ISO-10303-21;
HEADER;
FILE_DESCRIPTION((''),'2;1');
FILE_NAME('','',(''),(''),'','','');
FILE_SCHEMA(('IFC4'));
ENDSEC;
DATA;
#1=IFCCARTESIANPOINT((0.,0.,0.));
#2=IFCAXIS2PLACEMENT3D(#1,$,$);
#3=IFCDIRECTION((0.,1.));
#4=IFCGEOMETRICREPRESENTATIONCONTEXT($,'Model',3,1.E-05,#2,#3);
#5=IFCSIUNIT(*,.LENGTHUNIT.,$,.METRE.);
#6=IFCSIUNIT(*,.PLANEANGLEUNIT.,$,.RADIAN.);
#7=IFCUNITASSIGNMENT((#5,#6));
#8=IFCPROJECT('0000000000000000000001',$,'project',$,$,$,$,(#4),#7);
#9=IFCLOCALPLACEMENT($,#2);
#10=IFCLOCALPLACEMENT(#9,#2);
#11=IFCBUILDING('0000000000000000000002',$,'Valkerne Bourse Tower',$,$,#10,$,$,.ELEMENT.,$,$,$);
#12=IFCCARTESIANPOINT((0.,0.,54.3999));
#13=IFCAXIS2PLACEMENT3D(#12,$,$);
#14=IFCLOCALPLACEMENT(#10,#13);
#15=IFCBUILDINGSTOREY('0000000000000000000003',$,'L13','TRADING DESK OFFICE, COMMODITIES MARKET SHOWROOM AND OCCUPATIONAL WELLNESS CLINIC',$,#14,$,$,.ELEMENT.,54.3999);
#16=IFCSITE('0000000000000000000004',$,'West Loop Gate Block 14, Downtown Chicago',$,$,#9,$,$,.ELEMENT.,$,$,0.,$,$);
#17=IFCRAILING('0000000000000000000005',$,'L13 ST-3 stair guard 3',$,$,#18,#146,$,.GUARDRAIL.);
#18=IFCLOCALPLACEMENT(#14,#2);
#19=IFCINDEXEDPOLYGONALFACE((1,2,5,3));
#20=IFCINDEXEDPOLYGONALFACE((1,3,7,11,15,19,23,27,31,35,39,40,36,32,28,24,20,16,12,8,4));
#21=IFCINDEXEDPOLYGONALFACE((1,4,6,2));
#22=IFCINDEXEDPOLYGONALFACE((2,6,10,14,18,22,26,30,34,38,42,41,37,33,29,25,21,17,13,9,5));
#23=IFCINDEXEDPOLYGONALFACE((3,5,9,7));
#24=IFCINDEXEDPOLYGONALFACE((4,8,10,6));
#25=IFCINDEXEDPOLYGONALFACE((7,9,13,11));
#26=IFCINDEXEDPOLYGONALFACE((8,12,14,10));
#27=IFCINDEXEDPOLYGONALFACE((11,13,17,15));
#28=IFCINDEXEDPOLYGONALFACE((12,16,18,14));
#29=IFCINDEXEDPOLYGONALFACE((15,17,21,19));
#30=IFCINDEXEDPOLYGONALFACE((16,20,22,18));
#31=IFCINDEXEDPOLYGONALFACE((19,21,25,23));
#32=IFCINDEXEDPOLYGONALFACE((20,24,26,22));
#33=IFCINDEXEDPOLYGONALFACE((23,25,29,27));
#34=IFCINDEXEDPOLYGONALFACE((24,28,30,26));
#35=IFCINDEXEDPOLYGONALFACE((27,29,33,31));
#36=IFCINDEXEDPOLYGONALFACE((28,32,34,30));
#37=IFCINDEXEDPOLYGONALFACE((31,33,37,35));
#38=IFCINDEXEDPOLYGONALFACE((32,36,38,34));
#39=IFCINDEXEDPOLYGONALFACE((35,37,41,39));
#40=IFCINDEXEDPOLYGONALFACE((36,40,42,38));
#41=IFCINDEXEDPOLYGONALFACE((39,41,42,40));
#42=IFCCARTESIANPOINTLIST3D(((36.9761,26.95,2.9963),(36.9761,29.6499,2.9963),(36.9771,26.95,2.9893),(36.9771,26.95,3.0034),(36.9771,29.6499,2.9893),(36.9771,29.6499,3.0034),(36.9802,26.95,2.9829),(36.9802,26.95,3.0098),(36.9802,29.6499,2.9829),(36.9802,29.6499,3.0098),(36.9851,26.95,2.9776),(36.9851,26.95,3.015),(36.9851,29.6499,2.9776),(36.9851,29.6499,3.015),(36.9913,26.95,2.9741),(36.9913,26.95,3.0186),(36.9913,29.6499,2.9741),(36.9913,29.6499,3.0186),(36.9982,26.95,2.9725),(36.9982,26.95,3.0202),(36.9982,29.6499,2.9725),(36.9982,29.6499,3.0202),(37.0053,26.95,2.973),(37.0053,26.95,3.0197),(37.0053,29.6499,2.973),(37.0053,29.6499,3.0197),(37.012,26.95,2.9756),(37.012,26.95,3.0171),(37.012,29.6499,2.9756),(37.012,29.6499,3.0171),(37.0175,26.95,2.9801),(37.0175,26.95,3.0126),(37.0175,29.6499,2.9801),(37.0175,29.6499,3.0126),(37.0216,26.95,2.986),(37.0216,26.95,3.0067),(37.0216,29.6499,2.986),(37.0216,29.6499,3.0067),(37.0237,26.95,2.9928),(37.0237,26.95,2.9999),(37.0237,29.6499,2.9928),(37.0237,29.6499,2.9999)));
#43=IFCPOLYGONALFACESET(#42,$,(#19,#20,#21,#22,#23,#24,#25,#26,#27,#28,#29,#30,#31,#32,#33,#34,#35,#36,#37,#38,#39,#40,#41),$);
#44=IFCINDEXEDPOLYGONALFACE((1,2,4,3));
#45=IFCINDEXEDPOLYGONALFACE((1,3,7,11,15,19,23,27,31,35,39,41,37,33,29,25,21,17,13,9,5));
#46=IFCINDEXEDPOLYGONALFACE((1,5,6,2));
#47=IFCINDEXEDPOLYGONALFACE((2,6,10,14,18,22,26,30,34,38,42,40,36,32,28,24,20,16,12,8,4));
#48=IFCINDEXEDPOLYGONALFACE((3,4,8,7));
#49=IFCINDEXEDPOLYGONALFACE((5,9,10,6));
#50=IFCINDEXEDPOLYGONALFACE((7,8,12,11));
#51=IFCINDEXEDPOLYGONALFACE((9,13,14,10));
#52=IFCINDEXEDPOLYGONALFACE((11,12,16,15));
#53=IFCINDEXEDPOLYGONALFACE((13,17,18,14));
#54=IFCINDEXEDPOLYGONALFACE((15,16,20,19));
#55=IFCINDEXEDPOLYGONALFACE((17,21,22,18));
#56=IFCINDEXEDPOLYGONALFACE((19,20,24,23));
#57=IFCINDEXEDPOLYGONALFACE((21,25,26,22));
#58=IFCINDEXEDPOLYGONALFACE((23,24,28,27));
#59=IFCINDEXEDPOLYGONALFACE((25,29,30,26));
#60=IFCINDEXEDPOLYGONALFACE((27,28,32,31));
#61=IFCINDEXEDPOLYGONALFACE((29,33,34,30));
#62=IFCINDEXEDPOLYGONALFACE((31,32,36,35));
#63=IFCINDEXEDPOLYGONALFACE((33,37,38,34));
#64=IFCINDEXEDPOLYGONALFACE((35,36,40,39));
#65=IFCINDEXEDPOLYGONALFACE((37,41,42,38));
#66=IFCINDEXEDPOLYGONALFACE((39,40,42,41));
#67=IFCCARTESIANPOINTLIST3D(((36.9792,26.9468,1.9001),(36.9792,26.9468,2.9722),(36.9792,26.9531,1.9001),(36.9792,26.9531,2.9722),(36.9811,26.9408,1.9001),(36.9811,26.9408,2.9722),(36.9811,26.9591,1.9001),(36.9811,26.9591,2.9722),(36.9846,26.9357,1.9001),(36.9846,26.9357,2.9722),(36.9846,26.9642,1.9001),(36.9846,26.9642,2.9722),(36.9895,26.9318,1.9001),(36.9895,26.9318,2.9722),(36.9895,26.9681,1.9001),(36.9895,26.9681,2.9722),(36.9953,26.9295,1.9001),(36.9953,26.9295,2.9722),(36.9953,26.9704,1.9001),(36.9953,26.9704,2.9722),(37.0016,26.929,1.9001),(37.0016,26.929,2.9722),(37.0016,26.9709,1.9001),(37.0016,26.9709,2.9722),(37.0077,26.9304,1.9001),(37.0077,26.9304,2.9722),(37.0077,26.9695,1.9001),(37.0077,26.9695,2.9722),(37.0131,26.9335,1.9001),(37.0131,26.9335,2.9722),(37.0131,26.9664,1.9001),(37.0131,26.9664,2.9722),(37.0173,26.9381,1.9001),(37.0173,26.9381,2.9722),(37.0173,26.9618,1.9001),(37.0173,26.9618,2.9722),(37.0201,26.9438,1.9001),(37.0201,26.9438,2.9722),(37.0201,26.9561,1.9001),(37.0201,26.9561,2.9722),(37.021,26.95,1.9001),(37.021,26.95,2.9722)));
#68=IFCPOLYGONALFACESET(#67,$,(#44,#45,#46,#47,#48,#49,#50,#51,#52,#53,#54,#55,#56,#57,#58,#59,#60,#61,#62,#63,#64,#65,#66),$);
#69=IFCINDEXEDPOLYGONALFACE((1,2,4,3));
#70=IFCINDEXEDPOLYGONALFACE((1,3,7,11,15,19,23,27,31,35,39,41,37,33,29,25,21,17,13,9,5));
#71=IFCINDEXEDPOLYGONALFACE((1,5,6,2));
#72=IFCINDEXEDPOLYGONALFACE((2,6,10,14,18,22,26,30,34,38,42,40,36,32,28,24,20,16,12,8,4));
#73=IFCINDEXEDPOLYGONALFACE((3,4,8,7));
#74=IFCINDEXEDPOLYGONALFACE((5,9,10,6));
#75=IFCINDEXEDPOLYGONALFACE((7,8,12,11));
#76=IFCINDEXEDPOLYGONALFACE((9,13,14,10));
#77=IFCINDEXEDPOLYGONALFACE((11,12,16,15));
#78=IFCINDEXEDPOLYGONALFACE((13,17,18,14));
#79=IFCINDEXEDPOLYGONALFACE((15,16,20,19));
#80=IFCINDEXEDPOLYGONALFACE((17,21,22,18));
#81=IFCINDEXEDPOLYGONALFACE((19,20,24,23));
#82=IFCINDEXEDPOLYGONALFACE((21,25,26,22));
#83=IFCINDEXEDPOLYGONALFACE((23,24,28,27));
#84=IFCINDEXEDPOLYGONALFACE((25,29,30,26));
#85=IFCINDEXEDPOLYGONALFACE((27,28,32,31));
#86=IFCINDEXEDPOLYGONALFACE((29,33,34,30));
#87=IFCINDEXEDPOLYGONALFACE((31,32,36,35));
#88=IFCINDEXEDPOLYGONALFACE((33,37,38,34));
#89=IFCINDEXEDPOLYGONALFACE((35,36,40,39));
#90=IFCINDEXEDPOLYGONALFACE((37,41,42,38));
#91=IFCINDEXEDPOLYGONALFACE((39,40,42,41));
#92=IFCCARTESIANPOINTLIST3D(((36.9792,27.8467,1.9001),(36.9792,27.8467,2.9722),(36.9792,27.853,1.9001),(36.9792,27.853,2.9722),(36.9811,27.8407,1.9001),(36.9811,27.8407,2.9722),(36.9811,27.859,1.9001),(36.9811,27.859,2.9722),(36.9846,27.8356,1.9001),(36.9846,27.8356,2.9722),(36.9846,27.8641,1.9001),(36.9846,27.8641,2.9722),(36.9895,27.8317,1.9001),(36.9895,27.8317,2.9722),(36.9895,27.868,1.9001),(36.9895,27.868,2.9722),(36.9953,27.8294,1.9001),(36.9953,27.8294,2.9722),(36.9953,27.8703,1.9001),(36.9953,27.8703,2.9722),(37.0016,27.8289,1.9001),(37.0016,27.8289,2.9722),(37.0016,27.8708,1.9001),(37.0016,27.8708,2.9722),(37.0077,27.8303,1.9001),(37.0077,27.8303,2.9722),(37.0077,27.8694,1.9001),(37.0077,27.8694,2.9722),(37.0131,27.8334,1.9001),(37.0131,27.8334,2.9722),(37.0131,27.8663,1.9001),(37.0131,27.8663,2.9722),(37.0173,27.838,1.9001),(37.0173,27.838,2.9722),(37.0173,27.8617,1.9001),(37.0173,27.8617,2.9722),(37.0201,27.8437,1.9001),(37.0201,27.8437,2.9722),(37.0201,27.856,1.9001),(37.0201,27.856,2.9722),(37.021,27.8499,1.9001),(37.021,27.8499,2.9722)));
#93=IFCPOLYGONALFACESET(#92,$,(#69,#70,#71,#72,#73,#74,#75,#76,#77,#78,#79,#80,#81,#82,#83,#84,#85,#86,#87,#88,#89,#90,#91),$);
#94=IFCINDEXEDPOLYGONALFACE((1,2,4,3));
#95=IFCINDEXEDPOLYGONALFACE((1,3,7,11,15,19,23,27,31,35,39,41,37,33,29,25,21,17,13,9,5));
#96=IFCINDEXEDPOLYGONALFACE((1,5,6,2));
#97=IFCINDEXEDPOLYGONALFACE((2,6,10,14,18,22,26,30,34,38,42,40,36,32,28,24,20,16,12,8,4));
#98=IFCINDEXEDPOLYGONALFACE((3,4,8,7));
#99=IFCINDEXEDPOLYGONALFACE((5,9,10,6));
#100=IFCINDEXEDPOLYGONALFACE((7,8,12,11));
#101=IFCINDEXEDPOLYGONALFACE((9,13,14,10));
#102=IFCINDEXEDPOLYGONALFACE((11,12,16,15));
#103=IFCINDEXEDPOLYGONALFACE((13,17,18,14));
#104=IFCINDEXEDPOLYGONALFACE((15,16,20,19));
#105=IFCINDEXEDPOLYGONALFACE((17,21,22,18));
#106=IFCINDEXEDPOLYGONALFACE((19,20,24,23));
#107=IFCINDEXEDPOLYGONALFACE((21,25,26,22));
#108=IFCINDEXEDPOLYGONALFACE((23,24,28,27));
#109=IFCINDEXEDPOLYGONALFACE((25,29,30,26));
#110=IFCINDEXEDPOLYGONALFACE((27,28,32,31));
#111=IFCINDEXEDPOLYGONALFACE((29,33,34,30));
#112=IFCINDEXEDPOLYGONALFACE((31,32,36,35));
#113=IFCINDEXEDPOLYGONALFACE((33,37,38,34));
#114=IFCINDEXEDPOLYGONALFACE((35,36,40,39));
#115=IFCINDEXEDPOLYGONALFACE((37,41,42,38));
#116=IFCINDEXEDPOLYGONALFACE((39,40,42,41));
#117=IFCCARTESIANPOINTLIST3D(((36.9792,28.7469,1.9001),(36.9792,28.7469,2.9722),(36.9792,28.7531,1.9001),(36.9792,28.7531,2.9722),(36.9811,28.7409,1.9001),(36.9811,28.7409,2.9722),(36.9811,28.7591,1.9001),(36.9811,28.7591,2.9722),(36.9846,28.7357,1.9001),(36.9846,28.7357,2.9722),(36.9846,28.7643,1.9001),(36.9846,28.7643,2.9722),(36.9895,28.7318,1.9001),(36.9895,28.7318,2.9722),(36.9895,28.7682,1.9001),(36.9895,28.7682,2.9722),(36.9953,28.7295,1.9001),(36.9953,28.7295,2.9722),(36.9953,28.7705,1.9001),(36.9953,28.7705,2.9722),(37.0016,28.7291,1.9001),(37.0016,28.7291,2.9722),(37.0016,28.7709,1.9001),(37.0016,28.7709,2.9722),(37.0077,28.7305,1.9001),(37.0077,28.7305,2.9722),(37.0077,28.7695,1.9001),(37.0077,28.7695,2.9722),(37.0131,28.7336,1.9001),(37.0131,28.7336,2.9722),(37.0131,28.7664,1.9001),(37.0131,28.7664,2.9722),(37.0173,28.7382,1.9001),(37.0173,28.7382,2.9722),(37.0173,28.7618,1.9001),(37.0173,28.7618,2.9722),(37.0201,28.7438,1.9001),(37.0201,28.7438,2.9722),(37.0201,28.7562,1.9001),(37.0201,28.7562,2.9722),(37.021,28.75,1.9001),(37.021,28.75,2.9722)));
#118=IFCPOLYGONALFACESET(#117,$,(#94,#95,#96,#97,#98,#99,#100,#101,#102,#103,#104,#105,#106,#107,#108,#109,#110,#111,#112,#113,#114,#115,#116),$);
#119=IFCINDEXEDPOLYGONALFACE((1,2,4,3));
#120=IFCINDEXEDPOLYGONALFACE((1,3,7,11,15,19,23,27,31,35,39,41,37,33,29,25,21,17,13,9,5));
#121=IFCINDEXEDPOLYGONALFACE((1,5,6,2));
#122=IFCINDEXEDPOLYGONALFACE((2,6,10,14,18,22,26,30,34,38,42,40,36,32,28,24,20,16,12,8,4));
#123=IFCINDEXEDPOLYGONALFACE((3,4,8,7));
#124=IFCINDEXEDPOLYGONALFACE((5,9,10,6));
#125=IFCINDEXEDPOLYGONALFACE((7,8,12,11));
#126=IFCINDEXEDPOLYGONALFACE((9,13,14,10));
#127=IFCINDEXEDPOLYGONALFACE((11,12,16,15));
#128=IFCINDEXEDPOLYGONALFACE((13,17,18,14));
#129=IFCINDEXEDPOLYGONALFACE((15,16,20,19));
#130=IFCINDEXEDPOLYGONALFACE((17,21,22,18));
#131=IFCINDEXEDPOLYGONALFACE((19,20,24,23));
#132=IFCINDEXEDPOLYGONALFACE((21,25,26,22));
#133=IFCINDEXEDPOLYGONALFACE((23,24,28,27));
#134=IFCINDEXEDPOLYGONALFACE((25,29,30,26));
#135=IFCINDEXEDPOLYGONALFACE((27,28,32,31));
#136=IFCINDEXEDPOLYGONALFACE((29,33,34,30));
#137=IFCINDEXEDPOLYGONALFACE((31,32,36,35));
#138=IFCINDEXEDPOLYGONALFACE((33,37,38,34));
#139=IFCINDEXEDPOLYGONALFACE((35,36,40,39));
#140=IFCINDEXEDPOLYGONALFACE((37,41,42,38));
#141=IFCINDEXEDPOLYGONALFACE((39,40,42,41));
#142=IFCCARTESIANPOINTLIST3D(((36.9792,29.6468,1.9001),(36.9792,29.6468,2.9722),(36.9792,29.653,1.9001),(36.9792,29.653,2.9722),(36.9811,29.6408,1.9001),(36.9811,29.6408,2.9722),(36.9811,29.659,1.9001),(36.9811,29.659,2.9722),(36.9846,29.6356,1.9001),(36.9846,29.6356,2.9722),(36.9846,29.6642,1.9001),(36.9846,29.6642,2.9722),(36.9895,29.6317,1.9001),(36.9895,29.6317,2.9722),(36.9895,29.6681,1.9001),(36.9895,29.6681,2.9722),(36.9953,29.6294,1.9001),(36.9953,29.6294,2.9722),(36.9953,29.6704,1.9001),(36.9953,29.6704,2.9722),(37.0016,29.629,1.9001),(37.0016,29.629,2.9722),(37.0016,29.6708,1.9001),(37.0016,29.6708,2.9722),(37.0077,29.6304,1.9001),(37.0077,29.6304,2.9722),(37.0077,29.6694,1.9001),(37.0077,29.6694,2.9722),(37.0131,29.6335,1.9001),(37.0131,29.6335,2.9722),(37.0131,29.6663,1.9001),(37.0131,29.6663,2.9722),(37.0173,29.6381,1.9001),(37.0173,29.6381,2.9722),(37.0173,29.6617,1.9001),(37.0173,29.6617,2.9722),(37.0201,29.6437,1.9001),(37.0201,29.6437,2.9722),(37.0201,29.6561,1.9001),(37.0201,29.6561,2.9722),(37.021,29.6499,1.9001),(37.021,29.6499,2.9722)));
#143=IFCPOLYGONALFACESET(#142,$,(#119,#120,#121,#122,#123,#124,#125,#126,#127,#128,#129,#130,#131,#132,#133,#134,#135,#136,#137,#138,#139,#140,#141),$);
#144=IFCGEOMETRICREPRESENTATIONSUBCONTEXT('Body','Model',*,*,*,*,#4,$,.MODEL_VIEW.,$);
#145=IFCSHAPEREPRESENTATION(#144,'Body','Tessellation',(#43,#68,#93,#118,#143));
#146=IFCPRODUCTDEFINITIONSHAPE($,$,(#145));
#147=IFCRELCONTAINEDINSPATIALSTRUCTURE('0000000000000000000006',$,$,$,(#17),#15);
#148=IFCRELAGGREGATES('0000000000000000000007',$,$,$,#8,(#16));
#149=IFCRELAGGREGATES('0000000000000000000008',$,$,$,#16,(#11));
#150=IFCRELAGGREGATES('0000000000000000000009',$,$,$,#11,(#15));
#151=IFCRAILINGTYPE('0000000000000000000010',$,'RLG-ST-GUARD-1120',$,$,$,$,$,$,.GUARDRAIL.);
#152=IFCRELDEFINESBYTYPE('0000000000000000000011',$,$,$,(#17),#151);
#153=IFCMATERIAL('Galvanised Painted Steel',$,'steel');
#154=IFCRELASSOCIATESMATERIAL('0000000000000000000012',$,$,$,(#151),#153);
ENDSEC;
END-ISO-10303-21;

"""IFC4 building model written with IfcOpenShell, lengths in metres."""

from ifc_helpers import new_model, si_unit, direction, frame, origin, origin_2d, place, context, subcontext, project, spatial, circle, extrude, material, type_object, element, save


model = new_model("IFC4")

# Units and contexts
model_context = context("Model", 3, precision=1e-05, world=origin(), true_north=direction((0.0, 1.0)))
body_context = subcontext(model_context, "Body", "Model", "MODEL_VIEW")
ifc_project = project(units=[si_unit("LENGTHUNIT", "METRE"), si_unit("PLANEANGLEUNIT", "RADIAN")], contexts=[model_context])

# Site, building, storey
site_placement = place(None, origin())
site = spatial("IfcSite", under=ifc_project, at=site_placement, Name="West Loop Gate Block 14, Downtown Chicago", CompositionType="ELEMENT", RefElevation=0.0)
building_placement = place(site_placement, origin())
building = spatial("IfcBuilding", under=site, at=building_placement, Name="Valkerne Bourse Tower", CompositionType="ELEMENT")
storey_placement = place(building_placement, frame((0.0, 0.0, 54.3999)))
storey = spatial("IfcBuildingStorey", under=building, at=storey_placement, Name="L13", Description="TRADING DESK OFFICE, COMMODITIES MARKET SHOWROOM AND OCCUPATIONAL WELLNESS CLINIC", CompositionType="ELEMENT", Elevation=54.3999)

# Shared definitions
ifc_material_1 = material(Name="Galvanised Painted Steel", Category="steel")

# Railing
railing_type_1 = type_object("IfcRailingType", Name="RLG-ST-GUARD-1120", PredefinedType="GUARDRAIL", material=ifc_material_1)
for number, where, name in (
    (1, (37.0, 26.95, 1.9001), "L13 ST-3 stair guard 3"),
):
    element("IfcRailing", number, at=place(storey_placement, frame(where)), inside=storey, type_object=railing_type_1, Name=name, PredefinedType="GUARDRAIL", context=body_context, shape_type="SweptSolid", body=[
        extrude(circle(Radius=0.0239, at=origin_2d()), frame((0.0, 0.0, 1.0962), z_axis=(0.0, 1.0, 0.0), x_axis=(-1.0, 0.0, 0.0)), (0.0, 0.0, 1.0), 2.7),
        extrude(circle(Radius=0.021, at=origin_2d()), origin(), (0.0, 0.0, 1.0), 1.072),
        extrude(circle(Radius=0.021, at=origin_2d()), frame((0.0, 0.8999, 0.0)), (0.0, 0.0, 1.0), 1.072),
        extrude(circle(Radius=0.021, at=origin_2d()), frame((0.0, 1.8, 0.0)), (0.0, 0.0, 1.0), 1.072),
        extrude(circle(Radius=0.021, at=origin_2d()), frame((0.0, 2.7, 0.0)), (0.0, 0.0, 1.0), 1.072),
    ])

save(model, "model.ifc")
